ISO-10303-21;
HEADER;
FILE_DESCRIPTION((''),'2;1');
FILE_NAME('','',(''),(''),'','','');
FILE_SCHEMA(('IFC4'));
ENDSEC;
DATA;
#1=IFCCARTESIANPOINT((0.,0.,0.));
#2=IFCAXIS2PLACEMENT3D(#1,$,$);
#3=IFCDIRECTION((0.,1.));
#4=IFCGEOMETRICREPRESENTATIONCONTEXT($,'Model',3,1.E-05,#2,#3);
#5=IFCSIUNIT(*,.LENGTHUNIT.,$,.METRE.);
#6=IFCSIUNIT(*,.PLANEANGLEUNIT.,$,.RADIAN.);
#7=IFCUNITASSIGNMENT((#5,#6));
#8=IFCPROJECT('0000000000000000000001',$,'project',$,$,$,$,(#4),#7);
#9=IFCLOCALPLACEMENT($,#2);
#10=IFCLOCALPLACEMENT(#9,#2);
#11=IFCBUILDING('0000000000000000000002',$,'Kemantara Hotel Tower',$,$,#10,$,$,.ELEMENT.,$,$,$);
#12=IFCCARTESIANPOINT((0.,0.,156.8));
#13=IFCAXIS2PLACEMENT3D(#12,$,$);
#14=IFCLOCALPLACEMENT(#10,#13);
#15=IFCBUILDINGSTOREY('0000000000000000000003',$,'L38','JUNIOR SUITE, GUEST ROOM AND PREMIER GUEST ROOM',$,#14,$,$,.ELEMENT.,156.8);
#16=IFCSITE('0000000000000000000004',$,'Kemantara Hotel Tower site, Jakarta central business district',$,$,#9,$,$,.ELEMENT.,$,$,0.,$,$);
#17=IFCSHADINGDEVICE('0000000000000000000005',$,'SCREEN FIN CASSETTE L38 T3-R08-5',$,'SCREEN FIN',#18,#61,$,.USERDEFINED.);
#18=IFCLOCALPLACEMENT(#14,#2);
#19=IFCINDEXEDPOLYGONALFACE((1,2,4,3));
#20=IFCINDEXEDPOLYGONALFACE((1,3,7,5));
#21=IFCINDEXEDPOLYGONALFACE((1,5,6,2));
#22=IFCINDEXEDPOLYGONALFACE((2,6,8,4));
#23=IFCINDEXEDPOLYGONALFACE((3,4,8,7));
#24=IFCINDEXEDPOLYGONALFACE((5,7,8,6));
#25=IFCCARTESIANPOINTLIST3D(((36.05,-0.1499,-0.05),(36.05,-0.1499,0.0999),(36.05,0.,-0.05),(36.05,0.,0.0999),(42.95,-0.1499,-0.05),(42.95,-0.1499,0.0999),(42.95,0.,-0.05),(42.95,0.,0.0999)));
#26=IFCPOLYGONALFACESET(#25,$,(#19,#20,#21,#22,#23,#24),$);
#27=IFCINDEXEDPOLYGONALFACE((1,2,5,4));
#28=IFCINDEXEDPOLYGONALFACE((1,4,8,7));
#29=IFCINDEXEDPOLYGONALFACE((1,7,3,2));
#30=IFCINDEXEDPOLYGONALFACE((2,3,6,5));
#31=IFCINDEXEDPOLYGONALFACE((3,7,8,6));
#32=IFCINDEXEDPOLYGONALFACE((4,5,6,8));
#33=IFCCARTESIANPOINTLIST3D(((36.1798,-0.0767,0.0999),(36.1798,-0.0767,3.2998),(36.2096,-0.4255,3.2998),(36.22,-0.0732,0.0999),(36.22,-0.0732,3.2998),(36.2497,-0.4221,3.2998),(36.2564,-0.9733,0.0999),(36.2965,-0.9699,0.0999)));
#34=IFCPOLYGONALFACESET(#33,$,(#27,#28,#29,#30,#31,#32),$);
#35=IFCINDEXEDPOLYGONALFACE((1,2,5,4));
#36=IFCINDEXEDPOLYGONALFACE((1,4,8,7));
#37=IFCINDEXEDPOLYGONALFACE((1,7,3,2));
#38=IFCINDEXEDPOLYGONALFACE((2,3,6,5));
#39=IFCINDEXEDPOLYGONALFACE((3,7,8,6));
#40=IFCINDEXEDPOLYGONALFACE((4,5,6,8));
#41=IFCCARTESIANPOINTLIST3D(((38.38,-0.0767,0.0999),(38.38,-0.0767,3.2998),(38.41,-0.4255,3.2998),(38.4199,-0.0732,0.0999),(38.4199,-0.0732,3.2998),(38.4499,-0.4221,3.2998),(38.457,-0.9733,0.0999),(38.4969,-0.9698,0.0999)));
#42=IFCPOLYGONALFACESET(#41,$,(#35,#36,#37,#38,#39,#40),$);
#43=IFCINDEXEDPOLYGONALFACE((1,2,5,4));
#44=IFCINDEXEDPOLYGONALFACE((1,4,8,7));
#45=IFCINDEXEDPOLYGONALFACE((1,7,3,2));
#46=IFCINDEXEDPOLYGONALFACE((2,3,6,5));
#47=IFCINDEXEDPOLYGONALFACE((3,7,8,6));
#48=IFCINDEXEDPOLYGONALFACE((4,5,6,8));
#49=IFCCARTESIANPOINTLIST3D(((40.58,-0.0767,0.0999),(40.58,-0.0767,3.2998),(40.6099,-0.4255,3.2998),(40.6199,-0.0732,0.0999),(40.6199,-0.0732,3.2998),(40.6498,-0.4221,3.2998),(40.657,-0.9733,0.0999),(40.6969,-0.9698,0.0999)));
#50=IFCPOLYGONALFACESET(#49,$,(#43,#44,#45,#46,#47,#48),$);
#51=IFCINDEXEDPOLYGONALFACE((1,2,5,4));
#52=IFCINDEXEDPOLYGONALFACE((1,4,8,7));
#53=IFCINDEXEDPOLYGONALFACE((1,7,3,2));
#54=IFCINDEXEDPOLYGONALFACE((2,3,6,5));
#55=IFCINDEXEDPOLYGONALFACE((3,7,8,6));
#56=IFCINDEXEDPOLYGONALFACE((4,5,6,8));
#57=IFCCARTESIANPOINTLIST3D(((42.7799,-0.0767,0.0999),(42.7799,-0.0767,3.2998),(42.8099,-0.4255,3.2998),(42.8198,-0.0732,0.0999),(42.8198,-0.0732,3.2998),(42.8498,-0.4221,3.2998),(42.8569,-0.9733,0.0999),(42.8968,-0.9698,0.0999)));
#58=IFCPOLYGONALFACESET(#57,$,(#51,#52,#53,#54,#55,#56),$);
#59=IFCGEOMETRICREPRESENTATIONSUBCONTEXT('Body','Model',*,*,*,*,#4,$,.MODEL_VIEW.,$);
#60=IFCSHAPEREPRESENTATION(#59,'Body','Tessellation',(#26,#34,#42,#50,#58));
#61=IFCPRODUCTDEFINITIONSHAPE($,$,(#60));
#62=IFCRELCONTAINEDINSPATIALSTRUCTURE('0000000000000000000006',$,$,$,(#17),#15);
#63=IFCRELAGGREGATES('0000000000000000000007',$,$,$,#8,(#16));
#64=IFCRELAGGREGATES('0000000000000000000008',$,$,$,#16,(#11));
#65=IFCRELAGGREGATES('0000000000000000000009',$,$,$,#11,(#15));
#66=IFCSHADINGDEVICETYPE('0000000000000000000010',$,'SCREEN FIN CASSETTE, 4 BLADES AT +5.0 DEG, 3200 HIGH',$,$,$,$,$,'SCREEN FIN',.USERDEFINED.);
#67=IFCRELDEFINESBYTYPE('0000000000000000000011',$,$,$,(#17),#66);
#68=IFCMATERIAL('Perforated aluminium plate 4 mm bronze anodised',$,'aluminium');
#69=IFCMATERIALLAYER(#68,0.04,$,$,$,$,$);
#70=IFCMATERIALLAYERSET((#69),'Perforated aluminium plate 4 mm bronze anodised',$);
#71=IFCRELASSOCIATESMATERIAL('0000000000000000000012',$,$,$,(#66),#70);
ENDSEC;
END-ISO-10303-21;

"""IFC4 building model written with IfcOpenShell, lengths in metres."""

from ifc_helpers import new_model, si_unit, direction, frame, origin, origin_2d, place, context, subcontext, project, spatial, polyline, rectangle, outline, extrude, source, transform, mapped, material, layer, layer_set, type_object, element, save


model = new_model("IFC4")

# Units and contexts
model_context = context("Model", 3, precision=1e-05, world=origin(), true_north=direction((0.0, 1.0)))
body_context = subcontext(model_context, "Body", "Model", "MODEL_VIEW")
ifc_project = project(units=[si_unit("LENGTHUNIT", "METRE"), si_unit("PLANEANGLEUNIT", "RADIAN")], contexts=[model_context])

# Site, building, storey
site_placement = place(None, origin())
site = spatial("IfcSite", under=ifc_project, at=site_placement, Name="Kemantara Hotel Tower site, Jakarta central business district", CompositionType="ELEMENT", RefElevation=0.0)
building_placement = place(site_placement, origin())
building = spatial("IfcBuilding", under=site, at=building_placement, Name="Kemantara Hotel Tower", CompositionType="ELEMENT")
storey_placement = place(building_placement, frame((0.0, 0.0, 156.8)))
storey = spatial("IfcBuildingStorey", under=building, at=storey_placement, Name="L38", Description="JUNIOR SUITE, GUEST ROOM AND PREMIER GUEST ROOM", CompositionType="ELEMENT", Elevation=156.8)

# Shading device
ifc_material_1 = material(Name="Perforated aluminium plate 4 mm bronze anodised", Category="aluminium")
ifc_layer_1 = layer(ifc_material_1, 0.04)
ifc_layer_set_1 = layer_set([ifc_layer_1], Name="Perforated aluminium plate 4 mm bronze anodised")
shading_device_type_1 = type_object("IfcShadingDeviceType", Name="SCREEN FIN CASSETTE, 4 BLADES AT +5.0 DEG, 3200 HIGH", ElementType="SCREEN FIN", PredefinedType="USERDEFINED", material=ifc_layer_set_1)
shared_shape_1 = source(origin(), body_context, "Body", "SweptSolid", [
    extrude(rectangle(XDim=6.8999, YDim=0.1499, at=origin_2d()), frame((3.3, -0.075, -0.1499), z_axis=(0.0, 0.0, 1.0), x_axis=(1.0, 0.0, 0.0)), (0.0, 0.0, 1.0), 0.1499),
    extrude(outline(polyline([(0.0, 0.0), (0.8999, 0.0), (0.3501, 3.2), (0.0, 3.2), (0.0, 0.0)])), frame((0.02, -0.0732, 0.0), z_axis=(-0.996376, -0.085056, 0.0), x_axis=(0.085056, -0.996376, 0.0)), (0.0, 0.0, 1.0), 0.0403),
    extrude(outline(polyline([(0.0, 0.0), (0.8999, 0.0), (0.3501, 3.2), (0.0, 3.2), (0.0, 0.0)])), frame((2.22, -0.0732, 0.0), z_axis=(-0.996332, -0.085575, 0.0), x_axis=(0.085575, -0.996332, 0.0)), (0.0, 0.0, 1.0), 0.04),
    extrude(outline(polyline([(0.0, 0.0), (0.8999, 0.0), (0.3501, 3.2), (0.0, 3.2), (0.0, 0.0)])), frame((4.4199, -0.0732, 0.0), z_axis=(-0.996332, -0.085575, 0.0), x_axis=(0.085575, -0.996332, 0.0)), (0.0, 0.0, 1.0), 0.04),
    extrude(outline(polyline([(0.0, 0.0), (0.8999, 0.0), (0.3501, 3.2), (0.0, 3.2), (0.0, 0.0)])), frame((6.6199, -0.0732, 0.0), z_axis=(-0.996332, -0.085575, 0.0), x_axis=(0.085575, -0.996332, 0.0)), (0.0, 0.0, 1.0), 0.04),
])
shading_device_1_placement = place(storey_placement, frame((36.2, 0.0, 0.0999), z_axis=(0.0, 0.0, 1.0), x_axis=(1.0, 0.0, 0.0)))
element("IfcShadingDevice", 1, at=shading_device_1_placement, inside=storey, type_object=shading_device_type_1, Name="SCREEN FIN CASSETTE L38 T3-R08-5", ObjectType="SCREEN FIN", PredefinedType="USERDEFINED", context=body_context, shape_type="MappedRepresentation", body=[
    mapped(shared_shape_1, transform((0.0, 0.0, 0.0))),
])

save(model, "model.ifc")
